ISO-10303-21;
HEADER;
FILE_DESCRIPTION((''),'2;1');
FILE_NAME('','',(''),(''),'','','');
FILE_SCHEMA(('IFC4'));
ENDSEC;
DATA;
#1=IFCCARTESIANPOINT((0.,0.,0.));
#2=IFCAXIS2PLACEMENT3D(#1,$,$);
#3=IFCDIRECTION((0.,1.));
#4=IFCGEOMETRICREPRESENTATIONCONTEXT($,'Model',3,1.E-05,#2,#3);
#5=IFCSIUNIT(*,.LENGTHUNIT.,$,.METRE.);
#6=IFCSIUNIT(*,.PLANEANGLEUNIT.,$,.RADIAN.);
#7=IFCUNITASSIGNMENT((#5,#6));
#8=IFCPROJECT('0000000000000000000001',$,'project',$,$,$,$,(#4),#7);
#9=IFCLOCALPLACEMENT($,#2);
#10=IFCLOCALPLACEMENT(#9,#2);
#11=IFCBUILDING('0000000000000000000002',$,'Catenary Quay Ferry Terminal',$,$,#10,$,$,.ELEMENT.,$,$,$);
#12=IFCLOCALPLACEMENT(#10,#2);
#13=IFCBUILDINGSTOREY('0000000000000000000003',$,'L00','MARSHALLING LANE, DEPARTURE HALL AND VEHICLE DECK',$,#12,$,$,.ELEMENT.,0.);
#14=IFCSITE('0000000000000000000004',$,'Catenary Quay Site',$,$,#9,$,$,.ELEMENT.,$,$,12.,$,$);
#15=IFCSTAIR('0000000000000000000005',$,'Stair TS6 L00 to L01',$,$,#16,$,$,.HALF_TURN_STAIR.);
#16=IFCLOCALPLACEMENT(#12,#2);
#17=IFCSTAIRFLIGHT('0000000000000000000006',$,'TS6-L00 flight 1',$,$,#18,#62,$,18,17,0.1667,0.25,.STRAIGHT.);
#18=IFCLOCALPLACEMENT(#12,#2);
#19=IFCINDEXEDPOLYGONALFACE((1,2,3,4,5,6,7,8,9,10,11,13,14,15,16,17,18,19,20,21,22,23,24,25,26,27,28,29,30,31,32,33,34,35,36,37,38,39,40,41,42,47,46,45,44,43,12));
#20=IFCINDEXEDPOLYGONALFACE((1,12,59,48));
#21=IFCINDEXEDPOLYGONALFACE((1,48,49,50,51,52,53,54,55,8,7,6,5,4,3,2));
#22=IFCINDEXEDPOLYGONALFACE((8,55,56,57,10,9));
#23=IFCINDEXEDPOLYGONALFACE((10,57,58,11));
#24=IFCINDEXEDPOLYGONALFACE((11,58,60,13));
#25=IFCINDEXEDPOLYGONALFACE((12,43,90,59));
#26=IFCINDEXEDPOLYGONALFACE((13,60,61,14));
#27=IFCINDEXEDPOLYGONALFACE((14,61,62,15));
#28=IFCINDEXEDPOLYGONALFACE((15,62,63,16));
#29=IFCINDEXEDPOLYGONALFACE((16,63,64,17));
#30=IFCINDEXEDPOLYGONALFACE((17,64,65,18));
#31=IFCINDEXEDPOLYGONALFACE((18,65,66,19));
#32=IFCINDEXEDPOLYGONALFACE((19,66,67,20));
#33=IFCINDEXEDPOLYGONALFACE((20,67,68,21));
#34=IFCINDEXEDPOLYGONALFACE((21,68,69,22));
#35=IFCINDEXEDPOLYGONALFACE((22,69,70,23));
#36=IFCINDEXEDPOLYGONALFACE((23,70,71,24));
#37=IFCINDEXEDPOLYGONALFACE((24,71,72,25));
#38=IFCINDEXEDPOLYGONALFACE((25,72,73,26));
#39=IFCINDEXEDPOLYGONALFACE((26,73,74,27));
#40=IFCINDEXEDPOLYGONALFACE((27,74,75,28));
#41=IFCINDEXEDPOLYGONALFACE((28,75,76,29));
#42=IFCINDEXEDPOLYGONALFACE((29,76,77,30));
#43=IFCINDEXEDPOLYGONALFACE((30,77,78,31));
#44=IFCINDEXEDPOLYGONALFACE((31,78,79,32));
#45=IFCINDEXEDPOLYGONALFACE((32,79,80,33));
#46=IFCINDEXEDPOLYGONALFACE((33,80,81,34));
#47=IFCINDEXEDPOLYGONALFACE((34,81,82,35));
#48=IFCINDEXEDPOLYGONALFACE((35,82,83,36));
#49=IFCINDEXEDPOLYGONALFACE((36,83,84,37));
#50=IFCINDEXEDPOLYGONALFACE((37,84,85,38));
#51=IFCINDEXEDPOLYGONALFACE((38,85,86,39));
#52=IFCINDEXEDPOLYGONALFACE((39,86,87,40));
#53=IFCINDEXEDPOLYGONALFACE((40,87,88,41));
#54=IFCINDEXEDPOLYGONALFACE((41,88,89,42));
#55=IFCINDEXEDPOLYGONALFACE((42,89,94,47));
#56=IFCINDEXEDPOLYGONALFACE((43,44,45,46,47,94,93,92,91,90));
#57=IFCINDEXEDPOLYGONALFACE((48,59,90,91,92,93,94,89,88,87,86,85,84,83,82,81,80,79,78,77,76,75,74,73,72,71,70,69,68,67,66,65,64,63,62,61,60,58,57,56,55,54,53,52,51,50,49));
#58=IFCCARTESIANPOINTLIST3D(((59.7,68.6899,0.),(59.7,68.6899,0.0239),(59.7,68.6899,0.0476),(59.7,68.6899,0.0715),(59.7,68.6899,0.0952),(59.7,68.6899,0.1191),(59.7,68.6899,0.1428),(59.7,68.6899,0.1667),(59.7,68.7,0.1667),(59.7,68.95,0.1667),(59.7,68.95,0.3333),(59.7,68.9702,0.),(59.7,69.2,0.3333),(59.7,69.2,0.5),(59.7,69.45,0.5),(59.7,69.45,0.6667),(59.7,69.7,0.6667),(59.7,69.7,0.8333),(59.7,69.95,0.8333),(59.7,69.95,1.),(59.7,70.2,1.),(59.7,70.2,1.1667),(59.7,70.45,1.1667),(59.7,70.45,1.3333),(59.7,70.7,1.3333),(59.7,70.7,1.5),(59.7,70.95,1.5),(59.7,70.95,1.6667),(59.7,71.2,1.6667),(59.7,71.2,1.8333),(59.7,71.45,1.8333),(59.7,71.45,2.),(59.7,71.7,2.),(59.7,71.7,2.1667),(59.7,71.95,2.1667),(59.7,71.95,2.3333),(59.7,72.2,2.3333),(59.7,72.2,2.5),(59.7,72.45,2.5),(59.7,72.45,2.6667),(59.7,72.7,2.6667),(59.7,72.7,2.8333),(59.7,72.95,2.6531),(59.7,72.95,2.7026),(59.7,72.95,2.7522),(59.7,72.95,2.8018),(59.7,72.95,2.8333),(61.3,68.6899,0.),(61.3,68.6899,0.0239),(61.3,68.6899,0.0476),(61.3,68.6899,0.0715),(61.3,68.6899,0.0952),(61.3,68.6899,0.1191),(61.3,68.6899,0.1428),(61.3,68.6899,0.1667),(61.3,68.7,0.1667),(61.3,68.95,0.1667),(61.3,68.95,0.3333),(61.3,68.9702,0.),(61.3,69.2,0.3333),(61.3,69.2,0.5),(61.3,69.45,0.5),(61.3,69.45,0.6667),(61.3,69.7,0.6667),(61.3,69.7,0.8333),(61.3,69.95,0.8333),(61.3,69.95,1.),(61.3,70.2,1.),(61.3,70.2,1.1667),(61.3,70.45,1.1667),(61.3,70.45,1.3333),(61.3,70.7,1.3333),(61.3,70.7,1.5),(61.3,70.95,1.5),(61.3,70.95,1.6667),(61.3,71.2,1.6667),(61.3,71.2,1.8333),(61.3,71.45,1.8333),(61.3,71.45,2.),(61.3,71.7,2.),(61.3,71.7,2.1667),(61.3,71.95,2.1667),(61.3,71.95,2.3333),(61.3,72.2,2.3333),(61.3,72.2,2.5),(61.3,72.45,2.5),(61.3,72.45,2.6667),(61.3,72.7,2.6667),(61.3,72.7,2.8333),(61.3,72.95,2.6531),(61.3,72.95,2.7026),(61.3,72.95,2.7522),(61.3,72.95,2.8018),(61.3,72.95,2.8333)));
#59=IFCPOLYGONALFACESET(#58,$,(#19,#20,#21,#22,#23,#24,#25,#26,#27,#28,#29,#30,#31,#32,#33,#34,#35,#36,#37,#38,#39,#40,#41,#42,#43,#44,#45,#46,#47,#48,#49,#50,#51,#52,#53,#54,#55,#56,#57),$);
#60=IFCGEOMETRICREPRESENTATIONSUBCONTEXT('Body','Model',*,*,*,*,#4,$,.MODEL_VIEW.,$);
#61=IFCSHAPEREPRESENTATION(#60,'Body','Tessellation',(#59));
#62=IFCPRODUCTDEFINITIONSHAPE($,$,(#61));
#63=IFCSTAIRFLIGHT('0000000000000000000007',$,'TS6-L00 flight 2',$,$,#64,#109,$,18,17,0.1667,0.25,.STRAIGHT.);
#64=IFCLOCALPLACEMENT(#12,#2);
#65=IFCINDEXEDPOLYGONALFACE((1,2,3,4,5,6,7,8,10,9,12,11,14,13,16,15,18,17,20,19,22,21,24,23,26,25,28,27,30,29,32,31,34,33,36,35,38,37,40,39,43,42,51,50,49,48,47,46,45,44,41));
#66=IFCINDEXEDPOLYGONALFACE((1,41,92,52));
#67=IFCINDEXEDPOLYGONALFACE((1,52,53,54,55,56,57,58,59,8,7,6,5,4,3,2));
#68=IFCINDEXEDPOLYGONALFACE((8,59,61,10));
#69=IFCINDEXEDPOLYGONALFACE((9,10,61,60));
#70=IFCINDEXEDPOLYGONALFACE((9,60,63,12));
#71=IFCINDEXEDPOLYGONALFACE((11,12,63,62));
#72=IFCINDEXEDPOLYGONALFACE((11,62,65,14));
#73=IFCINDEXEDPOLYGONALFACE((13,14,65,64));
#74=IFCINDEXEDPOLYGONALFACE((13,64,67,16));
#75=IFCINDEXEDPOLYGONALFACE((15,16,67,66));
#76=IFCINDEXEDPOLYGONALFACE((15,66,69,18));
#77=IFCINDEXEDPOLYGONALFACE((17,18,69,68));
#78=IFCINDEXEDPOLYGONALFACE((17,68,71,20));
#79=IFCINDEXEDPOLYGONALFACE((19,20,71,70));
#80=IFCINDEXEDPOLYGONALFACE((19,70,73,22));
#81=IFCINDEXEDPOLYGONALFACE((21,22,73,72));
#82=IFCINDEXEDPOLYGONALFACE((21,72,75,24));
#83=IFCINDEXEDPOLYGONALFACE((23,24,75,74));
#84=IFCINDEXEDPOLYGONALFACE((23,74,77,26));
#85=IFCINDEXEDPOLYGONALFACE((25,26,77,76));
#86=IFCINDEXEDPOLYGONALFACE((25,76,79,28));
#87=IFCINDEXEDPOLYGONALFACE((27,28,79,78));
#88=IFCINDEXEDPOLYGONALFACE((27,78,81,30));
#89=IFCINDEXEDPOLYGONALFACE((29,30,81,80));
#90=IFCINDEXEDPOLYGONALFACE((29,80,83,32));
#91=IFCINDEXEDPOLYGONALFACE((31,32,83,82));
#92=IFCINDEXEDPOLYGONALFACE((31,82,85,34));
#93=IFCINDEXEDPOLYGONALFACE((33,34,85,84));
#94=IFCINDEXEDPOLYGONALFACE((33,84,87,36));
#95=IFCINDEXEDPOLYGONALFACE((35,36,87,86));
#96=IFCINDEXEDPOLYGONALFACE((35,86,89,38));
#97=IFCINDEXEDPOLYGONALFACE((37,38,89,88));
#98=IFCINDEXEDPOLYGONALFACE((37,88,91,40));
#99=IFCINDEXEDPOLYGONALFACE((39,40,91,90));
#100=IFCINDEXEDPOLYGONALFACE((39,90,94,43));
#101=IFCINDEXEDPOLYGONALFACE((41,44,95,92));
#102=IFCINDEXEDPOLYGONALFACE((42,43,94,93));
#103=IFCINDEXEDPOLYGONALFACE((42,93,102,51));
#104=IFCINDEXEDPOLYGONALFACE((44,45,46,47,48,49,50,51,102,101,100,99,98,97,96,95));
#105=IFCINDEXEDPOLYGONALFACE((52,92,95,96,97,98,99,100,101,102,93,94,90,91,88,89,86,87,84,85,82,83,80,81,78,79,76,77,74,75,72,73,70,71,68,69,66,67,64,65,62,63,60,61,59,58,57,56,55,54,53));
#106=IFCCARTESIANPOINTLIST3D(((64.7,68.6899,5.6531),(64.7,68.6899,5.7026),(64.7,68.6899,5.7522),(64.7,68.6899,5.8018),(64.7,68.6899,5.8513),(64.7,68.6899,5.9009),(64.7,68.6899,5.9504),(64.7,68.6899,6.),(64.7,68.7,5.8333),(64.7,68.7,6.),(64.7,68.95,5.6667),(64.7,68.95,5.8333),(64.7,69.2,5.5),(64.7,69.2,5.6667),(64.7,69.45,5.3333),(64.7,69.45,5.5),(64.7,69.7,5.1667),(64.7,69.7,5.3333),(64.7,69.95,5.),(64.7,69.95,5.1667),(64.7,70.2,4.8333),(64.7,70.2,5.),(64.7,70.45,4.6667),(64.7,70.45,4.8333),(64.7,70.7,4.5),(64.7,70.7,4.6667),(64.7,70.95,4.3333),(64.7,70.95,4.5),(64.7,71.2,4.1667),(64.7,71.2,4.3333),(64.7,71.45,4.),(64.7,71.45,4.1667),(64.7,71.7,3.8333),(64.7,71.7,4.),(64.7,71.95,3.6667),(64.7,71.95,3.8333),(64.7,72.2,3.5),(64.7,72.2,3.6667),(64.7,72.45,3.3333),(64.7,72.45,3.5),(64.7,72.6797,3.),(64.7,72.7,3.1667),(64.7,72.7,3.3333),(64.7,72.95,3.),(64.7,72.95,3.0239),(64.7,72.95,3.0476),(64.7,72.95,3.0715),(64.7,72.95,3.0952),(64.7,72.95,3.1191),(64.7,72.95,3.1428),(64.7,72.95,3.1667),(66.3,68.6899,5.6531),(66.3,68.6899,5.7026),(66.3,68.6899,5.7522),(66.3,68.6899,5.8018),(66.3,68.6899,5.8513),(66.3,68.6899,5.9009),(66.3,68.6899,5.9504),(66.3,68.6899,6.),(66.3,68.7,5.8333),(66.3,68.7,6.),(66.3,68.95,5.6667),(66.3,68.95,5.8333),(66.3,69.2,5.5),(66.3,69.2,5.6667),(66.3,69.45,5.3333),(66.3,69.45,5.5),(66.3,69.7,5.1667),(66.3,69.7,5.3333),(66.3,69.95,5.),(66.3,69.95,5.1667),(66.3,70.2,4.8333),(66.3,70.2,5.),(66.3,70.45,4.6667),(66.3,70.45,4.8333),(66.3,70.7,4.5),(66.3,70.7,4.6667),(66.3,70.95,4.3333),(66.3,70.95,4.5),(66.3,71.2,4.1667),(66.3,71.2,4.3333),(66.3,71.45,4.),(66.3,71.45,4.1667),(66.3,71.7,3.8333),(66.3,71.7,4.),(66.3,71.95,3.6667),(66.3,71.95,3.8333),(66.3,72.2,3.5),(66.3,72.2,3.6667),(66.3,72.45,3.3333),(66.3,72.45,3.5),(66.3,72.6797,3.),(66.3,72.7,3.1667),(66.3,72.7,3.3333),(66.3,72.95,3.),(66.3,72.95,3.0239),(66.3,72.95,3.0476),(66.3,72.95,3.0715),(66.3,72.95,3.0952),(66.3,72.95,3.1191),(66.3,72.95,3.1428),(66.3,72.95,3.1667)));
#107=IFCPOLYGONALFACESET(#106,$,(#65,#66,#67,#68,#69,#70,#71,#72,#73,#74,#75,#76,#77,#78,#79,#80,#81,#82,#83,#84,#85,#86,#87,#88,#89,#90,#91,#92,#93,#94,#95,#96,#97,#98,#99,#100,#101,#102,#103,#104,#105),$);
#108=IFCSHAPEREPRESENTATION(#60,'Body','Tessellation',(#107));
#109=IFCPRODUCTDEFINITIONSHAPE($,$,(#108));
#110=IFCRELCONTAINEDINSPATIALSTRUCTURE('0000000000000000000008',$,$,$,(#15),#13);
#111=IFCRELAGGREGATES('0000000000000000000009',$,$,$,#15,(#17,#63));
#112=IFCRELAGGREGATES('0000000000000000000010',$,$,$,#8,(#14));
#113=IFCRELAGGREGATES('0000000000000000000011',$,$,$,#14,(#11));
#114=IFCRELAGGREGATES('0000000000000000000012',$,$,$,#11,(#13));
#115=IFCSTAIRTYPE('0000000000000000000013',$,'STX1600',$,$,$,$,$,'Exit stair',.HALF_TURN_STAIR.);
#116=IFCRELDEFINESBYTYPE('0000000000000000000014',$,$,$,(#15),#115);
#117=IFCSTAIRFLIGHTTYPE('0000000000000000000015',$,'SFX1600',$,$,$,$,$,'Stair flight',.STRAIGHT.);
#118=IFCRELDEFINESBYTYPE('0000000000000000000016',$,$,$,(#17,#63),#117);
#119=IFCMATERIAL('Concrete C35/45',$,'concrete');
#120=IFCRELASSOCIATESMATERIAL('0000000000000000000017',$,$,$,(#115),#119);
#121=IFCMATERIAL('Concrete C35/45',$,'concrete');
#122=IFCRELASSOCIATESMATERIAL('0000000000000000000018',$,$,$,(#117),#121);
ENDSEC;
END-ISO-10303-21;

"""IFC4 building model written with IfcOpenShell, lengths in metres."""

from ifc_helpers import new_model, si_unit, direction, frame, origin, place, context, subcontext, project, spatial, polyline, outline, extrude, material, type_object, element, aggregate, save


model = new_model("IFC4")

# Units and contexts
model_context = context("Model", 3, precision=1e-05, world=origin(), true_north=direction((0.0, 1.0)))
body_context = subcontext(model_context, "Body", "Model", "MODEL_VIEW")
ifc_project = project(units=[si_unit("LENGTHUNIT", "METRE"), si_unit("PLANEANGLEUNIT", "RADIAN")], contexts=[model_context])

# Site, building, storey
site_placement = place(None, origin())
site = spatial("IfcSite", under=ifc_project, at=site_placement, Name="Catenary Quay Site", CompositionType="ELEMENT", RefElevation=12.0)
building_placement = place(site_placement, origin())
building = spatial("IfcBuilding", under=site, at=building_placement, Name="Catenary Quay Ferry Terminal", CompositionType="ELEMENT")
storey_placement = place(building_placement, origin())
storey = spatial("IfcBuildingStorey", under=building, at=storey_placement, Name="L00", Description="MARSHALLING LANE, DEPARTURE HALL AND VEHICLE DECK", CompositionType="ELEMENT", Elevation=0.0)

# Stair, stair flights
ifc_material_1 = material(Name="Concrete C35/45", Category="concrete")
stair_type = type_object("IfcStairType", Name="STX1600", ElementType="Exit stair", PredefinedType="HALF_TURN_STAIR", material=ifc_material_1)
stair_placement = place(storey_placement, origin())
stair = element("IfcStair", 1, at=stair_placement, inside=storey, type_object=stair_type, Name="Stair TS6 L00 to L01", PredefinedType="HALF_TURN_STAIR")
ifc_material_2 = material(Name="Concrete C35/45", Category="concrete")
stair_flight_type = type_object("IfcStairFlightType", Name="SFX1600", ElementType="Stair flight", PredefinedType="STRAIGHT", material=ifc_material_2)
stair_flight_1_placement = place(storey_placement, frame((60.5, 68.7, 0.0), z_axis=(0.0, 0.0, 1.0), x_axis=(0.0, 1.0, 0.0)))
stair_flight_1 = element("IfcStairFlight", 2, at=stair_flight_1_placement, type_object=stair_flight_type, Name="TS6-L00 flight 1", NumberOfRisers=18, NumberOfTreads=17, PredefinedType="STRAIGHT", RiserHeight=0.1667, TreadLength=0.25, context=body_context, shape_type="SweptSolid", body=[
    extrude(outline(polyline([(-0.01, 0.0), (-0.01, 0.0239), (-0.01, 0.0476), (-0.01, 0.0715), (-0.01, 0.0952), (-0.01, 0.1191), (-0.01, 0.1428), (-0.01, 0.1667), (0.0, 0.1667), (0.25, 0.1667), (0.25, 0.3333), (0.5, 0.3333), (0.5, 0.5), (0.75, 0.5), (0.75, 0.6667), (1.0, 0.6667), (1.0, 0.8333), (1.25, 0.8333), (1.25, 1.0), (1.5, 1.0), (1.5, 1.1667), (1.75, 1.1667), (1.75, 1.3333), (2.0, 1.3333), (2.0, 1.5), (2.25, 1.5), (2.25, 1.6667), (2.5, 1.6667), (2.5, 1.8333), (2.75, 1.8333), (2.75, 2.0), (3.0, 2.0), (3.0, 2.1667), (3.25, 2.1667), (3.25, 2.3333), (3.5, 2.3333), (3.5, 2.5), (3.75, 2.5), (3.75, 2.6667), (4.0, 2.6667), (4.0, 2.8333), (4.25, 2.8333), (4.25, 3.0), (4.25, 2.9504), (4.25, 2.9009), (4.25, 2.8513), (4.25, 2.8018), (4.25, 2.7522), (4.25, 2.7026), (4.25, 2.6531), (0.2703, 0.0), (-0.01, 0.0)])), frame((0.0, 0.8, 0.0), z_axis=(0.0, -1.0, 0.0), x_axis=(1.0, 0.0, 0.0)), (0.0, 0.0, 1.0), 1.6001),
])
stair_flight_2_placement = place(storey_placement, frame((65.5, 72.95, 3.0), z_axis=(0.0, 0.0, 1.0), x_axis=(0.0, -1.0, 0.0)))
stair_flight_2 = element("IfcStairFlight", 3, at=stair_flight_2_placement, type_object=stair_flight_type, Name="TS6-L00 flight 2", NumberOfRisers=18, NumberOfTreads=17, PredefinedType="STRAIGHT", RiserHeight=0.1667, TreadLength=0.25, context=body_context, shape_type="SweptSolid", body=[
    extrude(outline(polyline([(0.0, 0.0), (0.0, 0.0239), (0.0, 0.0476), (0.0, 0.0715), (0.0, 0.0952), (0.0, 0.1191), (0.0, 0.1428), (0.0, 0.1667), (0.25, 0.1667), (0.25, 0.3333), (0.5, 0.3333), (0.5, 0.5), (0.75, 0.5), (0.75, 0.6667), (1.0, 0.6667), (1.0, 0.8333), (1.25, 0.8333), (1.25, 1.0), (1.5, 1.0), (1.5, 1.1667), (1.75, 1.1667), (1.75, 1.3333), (2.0, 1.3333), (2.0, 1.5), (2.25, 1.5), (2.25, 1.6667), (2.5, 1.6667), (2.5, 1.8333), (2.75, 1.8333), (2.75, 2.0), (3.0, 2.0), (3.0, 2.1667), (3.25, 2.1667), (3.25, 2.3333), (3.5, 2.3333), (3.5, 2.5), (3.75, 2.5), (3.75, 2.6667), (4.0, 2.6667), (4.0, 2.8333), (4.25, 2.8333), (4.25, 3.0), (4.26, 3.0), (4.26, 2.9504), (4.26, 2.9009), (4.26, 2.8513), (4.26, 2.8018), (4.26, 2.7522), (4.26, 2.7026), (4.26, 2.6531), (0.2703, 0.0), (0.0, 0.0)])), frame((0.0, 0.8, 0.0), z_axis=(0.0, -1.0, 0.0), x_axis=(1.0, 0.0, 0.0)), (0.0, 0.0, 1.0), 1.6001),
])
aggregate(stair, [stair_flight_1, stair_flight_2])

save(model, "model.ifc")
